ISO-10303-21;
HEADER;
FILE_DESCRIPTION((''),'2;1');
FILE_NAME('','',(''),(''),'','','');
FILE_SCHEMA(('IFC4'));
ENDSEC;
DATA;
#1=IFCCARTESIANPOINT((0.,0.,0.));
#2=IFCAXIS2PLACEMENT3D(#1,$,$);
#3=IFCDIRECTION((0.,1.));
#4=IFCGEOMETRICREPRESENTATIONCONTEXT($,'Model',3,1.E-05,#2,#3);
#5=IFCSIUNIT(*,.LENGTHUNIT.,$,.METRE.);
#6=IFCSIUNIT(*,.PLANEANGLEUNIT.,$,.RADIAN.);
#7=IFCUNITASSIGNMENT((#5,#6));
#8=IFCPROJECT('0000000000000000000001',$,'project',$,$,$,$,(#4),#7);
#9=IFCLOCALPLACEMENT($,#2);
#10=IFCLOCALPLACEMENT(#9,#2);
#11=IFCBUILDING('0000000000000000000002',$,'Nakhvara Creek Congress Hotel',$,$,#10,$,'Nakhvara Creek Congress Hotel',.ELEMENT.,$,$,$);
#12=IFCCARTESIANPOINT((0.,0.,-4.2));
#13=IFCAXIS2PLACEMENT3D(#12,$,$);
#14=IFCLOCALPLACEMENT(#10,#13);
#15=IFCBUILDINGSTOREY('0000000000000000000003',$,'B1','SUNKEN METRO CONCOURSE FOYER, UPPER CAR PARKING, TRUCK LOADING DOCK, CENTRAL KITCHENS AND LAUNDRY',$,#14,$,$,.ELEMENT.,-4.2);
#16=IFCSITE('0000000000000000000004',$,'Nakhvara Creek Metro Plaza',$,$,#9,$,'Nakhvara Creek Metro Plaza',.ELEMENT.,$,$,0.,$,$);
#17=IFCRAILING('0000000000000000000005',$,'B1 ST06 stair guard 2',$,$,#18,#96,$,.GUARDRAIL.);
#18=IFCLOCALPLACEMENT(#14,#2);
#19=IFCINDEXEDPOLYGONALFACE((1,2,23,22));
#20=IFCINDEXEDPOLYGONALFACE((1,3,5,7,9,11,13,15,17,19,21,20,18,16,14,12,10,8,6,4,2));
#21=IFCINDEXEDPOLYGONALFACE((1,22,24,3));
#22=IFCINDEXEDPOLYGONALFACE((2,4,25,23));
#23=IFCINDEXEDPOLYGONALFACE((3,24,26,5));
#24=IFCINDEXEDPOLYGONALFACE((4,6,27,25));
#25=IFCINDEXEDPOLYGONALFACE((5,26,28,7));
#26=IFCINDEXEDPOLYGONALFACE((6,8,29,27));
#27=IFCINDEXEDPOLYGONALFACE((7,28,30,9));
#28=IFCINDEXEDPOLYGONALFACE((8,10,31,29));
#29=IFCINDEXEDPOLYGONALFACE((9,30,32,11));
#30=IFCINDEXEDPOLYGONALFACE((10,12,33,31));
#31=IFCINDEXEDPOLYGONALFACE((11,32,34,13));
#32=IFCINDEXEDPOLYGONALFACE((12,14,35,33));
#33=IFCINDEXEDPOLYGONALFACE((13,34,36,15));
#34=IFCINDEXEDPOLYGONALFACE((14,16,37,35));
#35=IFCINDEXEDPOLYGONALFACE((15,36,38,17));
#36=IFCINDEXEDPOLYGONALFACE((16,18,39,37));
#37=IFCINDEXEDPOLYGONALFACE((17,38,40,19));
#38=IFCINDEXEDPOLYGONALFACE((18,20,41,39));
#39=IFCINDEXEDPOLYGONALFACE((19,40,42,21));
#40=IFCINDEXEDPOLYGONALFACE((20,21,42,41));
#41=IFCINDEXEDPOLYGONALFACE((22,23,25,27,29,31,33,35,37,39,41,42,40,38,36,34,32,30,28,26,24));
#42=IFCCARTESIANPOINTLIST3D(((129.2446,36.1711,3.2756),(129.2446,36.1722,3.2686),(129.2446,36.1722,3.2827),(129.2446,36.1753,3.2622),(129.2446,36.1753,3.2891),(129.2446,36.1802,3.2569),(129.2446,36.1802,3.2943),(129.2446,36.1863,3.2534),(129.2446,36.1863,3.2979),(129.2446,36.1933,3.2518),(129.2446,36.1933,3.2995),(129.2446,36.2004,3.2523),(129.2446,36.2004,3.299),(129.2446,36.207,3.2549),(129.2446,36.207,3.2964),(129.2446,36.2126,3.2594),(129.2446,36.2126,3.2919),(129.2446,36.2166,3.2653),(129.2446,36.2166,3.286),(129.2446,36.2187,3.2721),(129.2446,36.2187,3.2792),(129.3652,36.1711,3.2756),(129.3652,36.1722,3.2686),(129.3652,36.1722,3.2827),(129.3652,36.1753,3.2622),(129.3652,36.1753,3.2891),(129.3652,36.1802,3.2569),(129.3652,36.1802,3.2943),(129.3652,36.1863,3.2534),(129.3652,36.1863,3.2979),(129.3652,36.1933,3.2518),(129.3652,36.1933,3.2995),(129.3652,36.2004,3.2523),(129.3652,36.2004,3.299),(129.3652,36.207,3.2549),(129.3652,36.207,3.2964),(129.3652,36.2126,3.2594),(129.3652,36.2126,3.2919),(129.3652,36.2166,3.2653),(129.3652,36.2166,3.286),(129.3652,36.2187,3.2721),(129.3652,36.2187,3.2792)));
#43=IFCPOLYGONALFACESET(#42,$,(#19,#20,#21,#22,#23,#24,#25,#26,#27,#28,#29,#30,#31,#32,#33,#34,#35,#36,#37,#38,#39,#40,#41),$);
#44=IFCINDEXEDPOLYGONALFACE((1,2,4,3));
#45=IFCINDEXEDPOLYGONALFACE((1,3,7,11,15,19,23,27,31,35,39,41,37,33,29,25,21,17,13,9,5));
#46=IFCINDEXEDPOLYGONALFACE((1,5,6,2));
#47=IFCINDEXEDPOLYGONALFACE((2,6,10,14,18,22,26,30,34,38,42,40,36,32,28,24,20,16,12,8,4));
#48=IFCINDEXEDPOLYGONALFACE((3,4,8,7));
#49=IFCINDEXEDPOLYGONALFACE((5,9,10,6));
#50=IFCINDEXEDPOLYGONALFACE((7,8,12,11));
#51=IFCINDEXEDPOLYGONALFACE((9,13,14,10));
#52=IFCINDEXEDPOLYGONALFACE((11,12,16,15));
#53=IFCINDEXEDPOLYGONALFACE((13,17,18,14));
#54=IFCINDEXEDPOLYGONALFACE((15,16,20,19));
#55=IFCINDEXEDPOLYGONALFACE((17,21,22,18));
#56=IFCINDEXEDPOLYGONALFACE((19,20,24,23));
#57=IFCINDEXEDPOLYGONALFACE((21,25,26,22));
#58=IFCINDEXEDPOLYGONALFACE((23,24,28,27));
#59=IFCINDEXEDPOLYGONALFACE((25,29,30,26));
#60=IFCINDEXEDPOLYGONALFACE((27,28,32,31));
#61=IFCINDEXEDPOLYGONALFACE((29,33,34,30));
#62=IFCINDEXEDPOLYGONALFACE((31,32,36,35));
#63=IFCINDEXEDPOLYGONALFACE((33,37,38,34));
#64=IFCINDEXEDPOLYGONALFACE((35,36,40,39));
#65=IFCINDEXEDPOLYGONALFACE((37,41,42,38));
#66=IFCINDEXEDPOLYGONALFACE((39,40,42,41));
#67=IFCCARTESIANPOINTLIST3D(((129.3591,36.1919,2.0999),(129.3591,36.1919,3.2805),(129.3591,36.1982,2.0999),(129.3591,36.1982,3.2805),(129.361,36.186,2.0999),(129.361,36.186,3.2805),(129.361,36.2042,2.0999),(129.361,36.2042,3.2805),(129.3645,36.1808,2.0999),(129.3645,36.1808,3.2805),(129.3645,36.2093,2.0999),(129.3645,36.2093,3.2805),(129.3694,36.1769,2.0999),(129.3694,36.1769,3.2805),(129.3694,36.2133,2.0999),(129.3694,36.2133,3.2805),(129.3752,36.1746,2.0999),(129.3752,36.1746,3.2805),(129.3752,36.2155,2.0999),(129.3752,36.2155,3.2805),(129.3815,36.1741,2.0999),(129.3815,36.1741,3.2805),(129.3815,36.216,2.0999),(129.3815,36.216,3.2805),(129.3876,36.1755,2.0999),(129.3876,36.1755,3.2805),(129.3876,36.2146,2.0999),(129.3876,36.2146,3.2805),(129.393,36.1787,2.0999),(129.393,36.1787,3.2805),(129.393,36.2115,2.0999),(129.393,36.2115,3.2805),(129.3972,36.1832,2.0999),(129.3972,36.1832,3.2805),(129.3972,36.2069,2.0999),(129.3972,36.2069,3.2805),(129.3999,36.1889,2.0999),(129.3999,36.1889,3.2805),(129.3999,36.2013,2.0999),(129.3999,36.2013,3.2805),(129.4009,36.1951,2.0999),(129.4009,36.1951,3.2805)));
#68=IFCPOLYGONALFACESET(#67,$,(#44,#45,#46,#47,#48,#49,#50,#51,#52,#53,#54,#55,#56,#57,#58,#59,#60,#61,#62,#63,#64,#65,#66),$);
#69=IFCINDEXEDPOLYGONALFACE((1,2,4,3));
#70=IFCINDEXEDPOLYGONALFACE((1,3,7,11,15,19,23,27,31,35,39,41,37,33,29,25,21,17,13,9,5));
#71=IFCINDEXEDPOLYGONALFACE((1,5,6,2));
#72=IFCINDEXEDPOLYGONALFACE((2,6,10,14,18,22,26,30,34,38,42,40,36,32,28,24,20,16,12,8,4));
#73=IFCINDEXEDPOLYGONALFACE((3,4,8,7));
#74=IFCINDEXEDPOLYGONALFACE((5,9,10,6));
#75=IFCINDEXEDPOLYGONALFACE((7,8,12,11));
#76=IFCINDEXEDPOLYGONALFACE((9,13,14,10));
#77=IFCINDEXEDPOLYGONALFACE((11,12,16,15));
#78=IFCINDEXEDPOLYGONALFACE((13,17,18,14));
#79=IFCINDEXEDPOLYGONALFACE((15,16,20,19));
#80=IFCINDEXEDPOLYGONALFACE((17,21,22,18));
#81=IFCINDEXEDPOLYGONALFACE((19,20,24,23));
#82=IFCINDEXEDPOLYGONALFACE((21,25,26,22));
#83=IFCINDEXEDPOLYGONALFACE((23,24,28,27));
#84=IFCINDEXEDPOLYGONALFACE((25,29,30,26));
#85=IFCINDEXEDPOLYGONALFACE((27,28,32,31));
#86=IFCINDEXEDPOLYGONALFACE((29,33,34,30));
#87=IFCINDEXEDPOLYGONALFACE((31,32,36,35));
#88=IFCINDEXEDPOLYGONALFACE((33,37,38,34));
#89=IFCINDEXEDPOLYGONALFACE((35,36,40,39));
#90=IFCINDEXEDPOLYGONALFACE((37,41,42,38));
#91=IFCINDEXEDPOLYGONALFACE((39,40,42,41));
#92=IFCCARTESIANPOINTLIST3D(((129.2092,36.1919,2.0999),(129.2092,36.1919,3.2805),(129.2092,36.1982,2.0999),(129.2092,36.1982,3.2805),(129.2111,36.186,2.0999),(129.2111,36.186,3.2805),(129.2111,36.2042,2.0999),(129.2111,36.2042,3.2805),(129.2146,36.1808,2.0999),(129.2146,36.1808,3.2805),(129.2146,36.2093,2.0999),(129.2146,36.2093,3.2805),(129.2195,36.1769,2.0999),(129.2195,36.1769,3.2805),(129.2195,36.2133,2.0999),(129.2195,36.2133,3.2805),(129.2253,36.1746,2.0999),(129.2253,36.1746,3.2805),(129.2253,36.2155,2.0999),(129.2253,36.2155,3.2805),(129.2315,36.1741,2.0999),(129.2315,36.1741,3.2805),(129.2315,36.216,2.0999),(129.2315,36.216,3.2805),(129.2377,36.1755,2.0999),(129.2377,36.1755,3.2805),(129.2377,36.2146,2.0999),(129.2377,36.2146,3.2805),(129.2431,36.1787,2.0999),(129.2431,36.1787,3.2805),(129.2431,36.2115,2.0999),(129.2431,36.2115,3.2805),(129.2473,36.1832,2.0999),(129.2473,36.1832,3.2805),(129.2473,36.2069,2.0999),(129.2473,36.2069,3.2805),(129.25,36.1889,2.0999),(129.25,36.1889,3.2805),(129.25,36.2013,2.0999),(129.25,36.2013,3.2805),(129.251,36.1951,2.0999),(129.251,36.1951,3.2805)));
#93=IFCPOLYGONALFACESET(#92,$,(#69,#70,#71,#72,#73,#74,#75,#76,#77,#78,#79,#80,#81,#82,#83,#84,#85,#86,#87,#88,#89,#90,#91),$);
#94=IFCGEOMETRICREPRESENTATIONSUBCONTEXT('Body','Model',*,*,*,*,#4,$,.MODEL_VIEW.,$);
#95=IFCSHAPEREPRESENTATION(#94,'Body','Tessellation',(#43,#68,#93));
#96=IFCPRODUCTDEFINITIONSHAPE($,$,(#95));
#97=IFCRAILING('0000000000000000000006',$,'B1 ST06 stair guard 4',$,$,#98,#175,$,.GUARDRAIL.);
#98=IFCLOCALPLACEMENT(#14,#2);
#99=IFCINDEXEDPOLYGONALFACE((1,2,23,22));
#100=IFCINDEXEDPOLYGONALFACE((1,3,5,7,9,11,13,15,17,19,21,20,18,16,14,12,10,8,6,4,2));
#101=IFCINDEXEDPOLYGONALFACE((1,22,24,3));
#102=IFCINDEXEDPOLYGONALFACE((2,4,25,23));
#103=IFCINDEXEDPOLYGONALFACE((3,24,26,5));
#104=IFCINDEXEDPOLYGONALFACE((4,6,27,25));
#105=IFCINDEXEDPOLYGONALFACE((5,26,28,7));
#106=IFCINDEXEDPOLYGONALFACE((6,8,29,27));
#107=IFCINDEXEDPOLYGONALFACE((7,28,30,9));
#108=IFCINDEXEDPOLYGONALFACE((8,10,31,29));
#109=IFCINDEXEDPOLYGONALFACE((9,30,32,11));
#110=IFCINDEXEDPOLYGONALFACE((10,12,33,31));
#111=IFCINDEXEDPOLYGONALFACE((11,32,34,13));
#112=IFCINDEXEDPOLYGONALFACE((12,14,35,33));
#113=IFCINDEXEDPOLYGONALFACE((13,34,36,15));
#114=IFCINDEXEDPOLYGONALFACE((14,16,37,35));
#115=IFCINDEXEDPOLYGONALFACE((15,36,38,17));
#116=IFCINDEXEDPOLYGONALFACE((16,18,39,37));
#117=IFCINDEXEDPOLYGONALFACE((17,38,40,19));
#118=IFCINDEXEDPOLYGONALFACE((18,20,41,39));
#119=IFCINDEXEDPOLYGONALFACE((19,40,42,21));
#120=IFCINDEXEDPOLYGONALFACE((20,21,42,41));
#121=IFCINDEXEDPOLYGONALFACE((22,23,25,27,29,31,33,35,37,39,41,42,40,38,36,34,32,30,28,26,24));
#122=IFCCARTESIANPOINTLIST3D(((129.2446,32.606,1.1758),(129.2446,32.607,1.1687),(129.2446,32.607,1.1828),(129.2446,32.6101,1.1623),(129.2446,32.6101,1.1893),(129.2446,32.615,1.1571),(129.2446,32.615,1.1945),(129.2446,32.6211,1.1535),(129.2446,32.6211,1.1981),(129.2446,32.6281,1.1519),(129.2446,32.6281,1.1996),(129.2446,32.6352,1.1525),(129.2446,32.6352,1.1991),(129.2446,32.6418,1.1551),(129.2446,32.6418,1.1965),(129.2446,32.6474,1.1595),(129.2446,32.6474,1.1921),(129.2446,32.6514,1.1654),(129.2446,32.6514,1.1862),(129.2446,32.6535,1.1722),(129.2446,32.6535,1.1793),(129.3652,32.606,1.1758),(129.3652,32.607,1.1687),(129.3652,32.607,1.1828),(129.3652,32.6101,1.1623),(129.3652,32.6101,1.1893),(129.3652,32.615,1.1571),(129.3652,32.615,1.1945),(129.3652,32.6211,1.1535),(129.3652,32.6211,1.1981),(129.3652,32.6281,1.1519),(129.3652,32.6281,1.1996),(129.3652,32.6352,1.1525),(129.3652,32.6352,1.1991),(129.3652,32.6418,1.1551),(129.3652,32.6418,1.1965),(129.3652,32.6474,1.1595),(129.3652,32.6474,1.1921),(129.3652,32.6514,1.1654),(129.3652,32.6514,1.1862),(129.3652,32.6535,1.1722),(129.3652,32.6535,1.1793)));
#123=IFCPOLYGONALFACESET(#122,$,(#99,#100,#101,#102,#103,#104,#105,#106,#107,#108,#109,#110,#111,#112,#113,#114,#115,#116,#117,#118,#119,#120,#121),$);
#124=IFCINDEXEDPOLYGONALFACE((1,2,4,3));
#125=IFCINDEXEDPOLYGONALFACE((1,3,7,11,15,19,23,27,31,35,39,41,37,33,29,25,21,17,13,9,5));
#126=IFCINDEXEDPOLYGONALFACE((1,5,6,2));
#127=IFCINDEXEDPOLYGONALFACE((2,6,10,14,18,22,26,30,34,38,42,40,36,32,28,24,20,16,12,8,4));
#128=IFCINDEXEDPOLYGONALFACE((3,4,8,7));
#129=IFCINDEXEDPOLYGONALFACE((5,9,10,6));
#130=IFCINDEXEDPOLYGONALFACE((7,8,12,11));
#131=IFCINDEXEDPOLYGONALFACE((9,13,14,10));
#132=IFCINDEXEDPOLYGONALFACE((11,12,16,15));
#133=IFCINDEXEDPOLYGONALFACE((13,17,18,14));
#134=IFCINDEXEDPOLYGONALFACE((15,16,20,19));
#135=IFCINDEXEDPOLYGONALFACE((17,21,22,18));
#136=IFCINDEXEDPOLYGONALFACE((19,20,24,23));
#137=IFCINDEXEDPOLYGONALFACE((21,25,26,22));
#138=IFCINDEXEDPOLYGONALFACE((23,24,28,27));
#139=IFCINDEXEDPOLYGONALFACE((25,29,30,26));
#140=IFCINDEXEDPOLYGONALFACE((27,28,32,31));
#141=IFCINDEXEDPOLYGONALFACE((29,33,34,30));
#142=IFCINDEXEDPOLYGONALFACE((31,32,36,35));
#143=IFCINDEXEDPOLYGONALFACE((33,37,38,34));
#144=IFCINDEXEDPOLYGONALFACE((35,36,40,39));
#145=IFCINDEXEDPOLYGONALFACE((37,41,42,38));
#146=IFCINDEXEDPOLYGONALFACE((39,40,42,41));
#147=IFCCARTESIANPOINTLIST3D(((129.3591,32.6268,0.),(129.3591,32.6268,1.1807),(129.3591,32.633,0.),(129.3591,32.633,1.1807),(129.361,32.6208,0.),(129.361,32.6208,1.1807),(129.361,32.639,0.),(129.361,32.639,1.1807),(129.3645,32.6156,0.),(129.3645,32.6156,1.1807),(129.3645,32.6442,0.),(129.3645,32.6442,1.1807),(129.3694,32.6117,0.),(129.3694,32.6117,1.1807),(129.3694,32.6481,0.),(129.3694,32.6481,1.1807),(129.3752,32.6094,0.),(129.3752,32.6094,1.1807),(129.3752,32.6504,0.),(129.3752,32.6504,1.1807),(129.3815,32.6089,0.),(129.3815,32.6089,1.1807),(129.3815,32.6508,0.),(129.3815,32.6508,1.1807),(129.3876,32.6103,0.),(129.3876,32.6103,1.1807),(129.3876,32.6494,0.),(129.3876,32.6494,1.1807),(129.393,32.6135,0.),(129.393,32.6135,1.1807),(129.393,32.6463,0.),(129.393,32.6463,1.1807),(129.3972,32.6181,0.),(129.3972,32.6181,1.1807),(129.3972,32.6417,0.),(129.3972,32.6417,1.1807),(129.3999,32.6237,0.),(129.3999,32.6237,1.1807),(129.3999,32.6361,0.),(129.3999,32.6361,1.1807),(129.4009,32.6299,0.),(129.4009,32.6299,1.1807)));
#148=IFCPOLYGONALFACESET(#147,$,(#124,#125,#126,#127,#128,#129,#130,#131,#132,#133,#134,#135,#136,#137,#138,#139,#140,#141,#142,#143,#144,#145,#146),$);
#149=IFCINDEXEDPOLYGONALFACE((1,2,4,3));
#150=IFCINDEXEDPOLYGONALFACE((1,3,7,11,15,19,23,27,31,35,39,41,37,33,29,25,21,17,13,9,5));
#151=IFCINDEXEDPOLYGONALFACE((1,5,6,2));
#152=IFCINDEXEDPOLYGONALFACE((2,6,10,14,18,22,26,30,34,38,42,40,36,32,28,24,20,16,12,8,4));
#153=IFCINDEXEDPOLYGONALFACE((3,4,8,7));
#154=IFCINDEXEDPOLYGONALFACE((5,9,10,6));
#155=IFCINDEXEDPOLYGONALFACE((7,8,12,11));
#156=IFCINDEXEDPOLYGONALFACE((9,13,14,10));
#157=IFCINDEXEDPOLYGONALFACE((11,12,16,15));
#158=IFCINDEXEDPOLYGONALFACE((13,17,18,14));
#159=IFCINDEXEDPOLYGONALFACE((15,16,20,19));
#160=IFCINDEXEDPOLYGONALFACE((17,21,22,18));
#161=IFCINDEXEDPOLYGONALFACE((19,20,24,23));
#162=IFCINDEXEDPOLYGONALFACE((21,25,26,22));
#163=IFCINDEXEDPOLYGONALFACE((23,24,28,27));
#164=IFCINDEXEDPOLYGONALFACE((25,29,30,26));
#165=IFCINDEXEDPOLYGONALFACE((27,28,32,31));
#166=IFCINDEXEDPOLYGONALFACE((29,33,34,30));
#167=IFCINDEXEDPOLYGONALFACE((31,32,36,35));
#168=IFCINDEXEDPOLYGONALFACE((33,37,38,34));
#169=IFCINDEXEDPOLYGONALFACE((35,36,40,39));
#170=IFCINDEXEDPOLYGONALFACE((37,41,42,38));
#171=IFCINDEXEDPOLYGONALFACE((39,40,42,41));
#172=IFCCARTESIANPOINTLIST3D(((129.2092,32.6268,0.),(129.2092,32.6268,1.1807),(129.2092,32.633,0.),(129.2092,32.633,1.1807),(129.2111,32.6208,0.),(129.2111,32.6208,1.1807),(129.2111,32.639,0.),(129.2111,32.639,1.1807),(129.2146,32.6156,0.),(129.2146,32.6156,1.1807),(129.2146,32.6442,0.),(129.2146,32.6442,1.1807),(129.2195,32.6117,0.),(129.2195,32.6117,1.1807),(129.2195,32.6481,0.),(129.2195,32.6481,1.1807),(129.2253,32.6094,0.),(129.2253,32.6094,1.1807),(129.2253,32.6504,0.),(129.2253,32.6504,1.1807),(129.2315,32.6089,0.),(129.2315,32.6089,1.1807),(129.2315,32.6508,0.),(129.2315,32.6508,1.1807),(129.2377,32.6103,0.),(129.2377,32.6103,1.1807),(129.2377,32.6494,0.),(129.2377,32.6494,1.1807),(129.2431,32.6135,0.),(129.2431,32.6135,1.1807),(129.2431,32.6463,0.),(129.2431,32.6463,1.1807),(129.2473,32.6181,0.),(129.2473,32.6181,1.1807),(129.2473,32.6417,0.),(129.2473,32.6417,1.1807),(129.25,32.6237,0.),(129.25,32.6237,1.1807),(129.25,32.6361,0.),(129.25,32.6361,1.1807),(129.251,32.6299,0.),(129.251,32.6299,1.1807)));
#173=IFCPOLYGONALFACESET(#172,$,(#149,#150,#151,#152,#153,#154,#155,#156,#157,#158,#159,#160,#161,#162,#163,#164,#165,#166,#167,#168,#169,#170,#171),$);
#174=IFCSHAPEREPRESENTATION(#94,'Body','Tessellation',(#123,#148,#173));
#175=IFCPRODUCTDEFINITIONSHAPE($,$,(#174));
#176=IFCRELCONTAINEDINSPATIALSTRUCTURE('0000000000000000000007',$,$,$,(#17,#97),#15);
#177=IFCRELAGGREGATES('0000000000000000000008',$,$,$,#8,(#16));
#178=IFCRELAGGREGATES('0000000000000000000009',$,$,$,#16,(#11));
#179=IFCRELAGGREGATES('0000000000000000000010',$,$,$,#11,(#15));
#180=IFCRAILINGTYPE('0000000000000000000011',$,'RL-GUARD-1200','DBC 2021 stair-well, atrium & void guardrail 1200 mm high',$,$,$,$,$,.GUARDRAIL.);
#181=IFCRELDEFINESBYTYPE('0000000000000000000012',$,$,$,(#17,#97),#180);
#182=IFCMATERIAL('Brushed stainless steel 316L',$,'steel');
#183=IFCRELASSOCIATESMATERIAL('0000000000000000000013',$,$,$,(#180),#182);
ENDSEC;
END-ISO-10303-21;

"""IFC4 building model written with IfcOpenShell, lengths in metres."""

from ifc_helpers import new_model, si_unit, direction, frame, origin, origin_2d, place, context, subcontext, project, spatial, circle, extrude, material, type_object, element, save


model = new_model("IFC4")

# Units and contexts
model_context = context("Model", 3, precision=1e-05, world=origin(), true_north=direction((0.0, 1.0)))
body_context = subcontext(model_context, "Body", "Model", "MODEL_VIEW")
ifc_project = project(units=[si_unit("LENGTHUNIT", "METRE"), si_unit("PLANEANGLEUNIT", "RADIAN")], contexts=[model_context])

# Site, building, storey
site_placement = place(None, origin())
site = spatial("IfcSite", under=ifc_project, at=site_placement, Name="Nakhvara Creek Metro Plaza", LongName="Nakhvara Creek Metro Plaza", CompositionType="ELEMENT", RefElevation=0.0)
building_placement = place(site_placement, origin())
building = spatial("IfcBuilding", under=site, at=building_placement, Name="Nakhvara Creek Congress Hotel", LongName="Nakhvara Creek Congress Hotel", CompositionType="ELEMENT")
storey_placement = place(building_placement, frame((0.0, 0.0, -4.2)))
storey = spatial("IfcBuildingStorey", under=building, at=storey_placement, Name="B1", Description="SUNKEN METRO CONCOURSE FOYER, UPPER CAR PARKING, TRUCK LOADING DOCK, CENTRAL KITCHENS AND LAUNDRY", CompositionType="ELEMENT", Elevation=-4.2)

# Railings
ifc_material_1 = material(Name="Brushed stainless steel 316L", Category="steel")
railing_type_1 = type_object("IfcRailingType", Name="RL-GUARD-1200", Description="DBC 2021 stair-well, atrium & void guardrail 1200 mm high", PredefinedType="GUARDRAIL", material=ifc_material_1)
for number, where, name in (
    (1, (129.3799, 36.1951, 2.0999), "B1 ST06 stair guard 2"),
    (2, (129.3799, 32.6299, 0.0), "B1 ST06 stair guard 4"),
):
    element("IfcRailing", number, at=place(storey_placement, frame(where)), inside=storey, type_object=railing_type_1, Name=name, PredefinedType="GUARDRAIL", context=body_context, shape_type="SweptSolid", body=[
        extrude(circle(Radius=0.0239, at=origin_2d()), frame((-0.0146, 0.0, 1.1758), z_axis=(-1.0, 0.0, 0.0), x_axis=(0.0, -1.0, 0.0)), (0.0, 0.0, 1.0), 0.1206),
        extrude(circle(Radius=0.021, at=origin_2d()), origin(), (0.0, 0.0, 1.0), 1.1807),
        extrude(circle(Radius=0.021, at=origin_2d()), frame((-0.1499, 0.0, 0.0)), (0.0, 0.0, 1.0), 1.1807),
    ])

save(model, "model.ifc")
